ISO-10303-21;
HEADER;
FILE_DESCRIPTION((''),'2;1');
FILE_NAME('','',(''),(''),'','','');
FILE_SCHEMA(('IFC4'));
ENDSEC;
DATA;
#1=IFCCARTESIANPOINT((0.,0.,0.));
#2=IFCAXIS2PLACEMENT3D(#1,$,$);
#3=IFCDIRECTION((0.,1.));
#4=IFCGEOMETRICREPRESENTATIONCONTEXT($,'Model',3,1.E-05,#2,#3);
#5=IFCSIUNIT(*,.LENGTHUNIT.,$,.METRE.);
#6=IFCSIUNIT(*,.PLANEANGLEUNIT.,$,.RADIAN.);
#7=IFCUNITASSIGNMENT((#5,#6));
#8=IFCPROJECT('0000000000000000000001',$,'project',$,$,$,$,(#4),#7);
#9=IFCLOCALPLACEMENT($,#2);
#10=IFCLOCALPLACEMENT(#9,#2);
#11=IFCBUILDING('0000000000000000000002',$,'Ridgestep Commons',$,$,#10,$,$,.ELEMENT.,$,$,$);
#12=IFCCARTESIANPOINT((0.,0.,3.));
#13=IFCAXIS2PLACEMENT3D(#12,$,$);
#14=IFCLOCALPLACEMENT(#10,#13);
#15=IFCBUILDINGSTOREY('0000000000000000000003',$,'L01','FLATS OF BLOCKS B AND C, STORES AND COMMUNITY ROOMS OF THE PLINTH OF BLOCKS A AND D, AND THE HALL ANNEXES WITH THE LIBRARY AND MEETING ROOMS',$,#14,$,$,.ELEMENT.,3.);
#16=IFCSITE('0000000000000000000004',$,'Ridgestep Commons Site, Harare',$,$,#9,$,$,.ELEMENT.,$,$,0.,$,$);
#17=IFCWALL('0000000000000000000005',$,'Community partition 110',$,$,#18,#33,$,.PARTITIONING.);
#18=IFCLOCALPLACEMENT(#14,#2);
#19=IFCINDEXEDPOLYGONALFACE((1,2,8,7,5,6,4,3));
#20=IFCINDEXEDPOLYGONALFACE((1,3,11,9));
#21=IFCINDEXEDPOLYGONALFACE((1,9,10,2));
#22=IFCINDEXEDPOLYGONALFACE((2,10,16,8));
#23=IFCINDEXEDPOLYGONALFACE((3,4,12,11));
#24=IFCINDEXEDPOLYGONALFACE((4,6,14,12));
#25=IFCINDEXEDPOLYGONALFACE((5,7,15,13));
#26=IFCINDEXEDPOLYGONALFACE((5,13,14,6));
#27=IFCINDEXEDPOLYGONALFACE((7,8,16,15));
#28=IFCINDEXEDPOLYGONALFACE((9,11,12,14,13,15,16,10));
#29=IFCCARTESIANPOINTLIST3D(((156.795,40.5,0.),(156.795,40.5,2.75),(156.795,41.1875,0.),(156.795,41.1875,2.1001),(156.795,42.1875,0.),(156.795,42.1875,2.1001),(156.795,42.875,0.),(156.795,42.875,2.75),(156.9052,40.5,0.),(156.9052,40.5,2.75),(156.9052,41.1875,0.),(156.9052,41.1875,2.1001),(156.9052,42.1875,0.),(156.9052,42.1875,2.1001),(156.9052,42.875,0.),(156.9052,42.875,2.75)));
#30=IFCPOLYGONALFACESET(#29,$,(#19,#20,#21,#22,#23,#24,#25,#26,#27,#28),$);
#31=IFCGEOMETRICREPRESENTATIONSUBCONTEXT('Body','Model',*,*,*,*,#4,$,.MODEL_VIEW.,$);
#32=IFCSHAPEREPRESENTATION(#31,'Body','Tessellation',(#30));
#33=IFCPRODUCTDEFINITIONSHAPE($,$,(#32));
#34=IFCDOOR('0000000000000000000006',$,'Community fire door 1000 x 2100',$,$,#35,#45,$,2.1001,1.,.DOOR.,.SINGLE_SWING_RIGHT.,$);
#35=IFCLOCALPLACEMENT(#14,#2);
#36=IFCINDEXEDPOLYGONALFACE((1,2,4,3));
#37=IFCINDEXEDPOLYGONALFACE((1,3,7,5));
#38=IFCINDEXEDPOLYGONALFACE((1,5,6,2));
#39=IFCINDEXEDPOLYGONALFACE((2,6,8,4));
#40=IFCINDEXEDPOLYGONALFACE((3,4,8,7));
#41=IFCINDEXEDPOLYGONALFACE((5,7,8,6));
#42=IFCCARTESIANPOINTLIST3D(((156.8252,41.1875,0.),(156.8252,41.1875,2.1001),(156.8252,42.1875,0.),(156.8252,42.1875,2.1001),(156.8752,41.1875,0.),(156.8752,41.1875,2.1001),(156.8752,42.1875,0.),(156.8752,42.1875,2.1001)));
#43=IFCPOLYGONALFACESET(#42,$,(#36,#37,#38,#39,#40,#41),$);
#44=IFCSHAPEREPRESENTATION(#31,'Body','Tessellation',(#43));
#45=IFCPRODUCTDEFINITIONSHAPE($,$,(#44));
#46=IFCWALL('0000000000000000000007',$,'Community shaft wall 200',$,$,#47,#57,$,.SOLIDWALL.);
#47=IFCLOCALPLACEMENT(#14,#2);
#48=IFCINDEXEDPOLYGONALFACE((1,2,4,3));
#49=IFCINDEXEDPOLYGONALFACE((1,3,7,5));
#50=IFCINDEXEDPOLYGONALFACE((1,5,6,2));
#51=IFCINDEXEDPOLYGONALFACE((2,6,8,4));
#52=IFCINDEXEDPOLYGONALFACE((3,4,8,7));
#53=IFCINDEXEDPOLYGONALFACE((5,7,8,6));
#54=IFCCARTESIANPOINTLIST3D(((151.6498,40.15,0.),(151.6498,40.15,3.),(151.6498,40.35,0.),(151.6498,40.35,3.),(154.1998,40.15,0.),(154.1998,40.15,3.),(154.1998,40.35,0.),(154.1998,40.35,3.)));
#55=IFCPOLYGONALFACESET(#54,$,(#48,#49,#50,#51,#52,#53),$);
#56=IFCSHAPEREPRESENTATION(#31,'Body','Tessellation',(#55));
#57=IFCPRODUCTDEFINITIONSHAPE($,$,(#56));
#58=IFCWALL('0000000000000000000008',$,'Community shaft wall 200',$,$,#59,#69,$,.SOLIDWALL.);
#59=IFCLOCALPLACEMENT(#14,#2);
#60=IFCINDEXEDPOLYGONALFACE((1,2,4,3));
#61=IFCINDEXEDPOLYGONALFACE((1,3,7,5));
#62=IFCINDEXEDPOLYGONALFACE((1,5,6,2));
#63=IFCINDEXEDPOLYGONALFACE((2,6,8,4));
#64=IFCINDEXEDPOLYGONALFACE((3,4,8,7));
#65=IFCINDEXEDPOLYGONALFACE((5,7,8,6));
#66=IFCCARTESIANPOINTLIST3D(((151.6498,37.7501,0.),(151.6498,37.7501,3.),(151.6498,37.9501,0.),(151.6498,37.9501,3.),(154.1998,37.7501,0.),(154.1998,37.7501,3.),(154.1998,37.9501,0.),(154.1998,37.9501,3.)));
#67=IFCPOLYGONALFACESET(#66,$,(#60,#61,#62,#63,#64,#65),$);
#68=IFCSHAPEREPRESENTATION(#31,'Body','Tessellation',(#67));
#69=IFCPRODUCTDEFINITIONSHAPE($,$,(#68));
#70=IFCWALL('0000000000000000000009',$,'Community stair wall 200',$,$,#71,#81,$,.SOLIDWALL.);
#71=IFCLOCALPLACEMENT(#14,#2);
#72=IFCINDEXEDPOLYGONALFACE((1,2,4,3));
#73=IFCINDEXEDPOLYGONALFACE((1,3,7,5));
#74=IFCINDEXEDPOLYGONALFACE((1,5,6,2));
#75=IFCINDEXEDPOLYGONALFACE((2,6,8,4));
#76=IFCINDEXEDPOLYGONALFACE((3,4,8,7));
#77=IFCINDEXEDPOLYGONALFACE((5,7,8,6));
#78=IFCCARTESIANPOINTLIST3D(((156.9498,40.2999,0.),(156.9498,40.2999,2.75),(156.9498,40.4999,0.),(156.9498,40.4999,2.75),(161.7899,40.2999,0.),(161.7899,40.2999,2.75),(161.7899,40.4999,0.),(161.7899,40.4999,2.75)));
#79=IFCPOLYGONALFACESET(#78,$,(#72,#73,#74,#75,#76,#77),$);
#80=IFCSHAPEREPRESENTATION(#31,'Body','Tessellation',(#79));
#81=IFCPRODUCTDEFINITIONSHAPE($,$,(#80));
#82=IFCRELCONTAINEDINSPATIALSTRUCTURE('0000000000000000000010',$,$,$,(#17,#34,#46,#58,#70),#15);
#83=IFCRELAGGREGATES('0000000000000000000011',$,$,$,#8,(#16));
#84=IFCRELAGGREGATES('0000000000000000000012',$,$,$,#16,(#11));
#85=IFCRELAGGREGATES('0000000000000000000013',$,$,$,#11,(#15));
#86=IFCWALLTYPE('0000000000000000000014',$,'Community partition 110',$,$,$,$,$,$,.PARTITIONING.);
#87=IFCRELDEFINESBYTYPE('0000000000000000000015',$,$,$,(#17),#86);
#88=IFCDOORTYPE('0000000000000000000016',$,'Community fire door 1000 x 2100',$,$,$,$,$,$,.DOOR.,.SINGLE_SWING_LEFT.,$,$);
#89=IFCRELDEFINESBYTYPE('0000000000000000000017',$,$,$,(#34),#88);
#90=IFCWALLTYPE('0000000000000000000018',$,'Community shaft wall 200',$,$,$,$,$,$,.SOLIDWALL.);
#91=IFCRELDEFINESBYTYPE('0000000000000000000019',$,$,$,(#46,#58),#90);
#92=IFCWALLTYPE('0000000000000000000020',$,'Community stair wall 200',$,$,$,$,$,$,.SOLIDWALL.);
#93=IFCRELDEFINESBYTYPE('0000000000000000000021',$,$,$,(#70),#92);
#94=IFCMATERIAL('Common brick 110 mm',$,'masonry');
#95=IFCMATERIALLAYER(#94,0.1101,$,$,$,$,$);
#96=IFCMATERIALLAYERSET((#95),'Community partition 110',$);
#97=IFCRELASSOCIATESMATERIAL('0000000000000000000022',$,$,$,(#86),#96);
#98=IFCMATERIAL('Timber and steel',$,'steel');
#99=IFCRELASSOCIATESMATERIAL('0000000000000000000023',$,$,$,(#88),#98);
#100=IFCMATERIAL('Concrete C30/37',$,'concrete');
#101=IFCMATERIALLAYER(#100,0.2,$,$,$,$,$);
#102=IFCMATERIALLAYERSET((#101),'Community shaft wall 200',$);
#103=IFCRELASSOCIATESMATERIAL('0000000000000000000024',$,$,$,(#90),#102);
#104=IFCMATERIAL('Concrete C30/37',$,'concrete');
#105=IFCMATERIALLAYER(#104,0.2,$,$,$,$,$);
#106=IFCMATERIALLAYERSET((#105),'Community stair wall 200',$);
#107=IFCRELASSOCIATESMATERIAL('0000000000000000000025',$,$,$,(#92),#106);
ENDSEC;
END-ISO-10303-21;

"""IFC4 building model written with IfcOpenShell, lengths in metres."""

from ifc_helpers import new_model, si_unit, direction, frame, frame_2d, origin, place, context, subcontext, project, spatial, rectangle, extrude, material, layer, layer_set, type_object, element, fill, save


model = new_model("IFC4")

# Units and contexts
model_context = context("Model", 3, precision=1e-05, world=origin(), true_north=direction((0.0, 1.0)))
body_context = subcontext(model_context, "Body", "Model", "MODEL_VIEW")
ifc_project = project(units=[si_unit("LENGTHUNIT", "METRE"), si_unit("PLANEANGLEUNIT", "RADIAN")], contexts=[model_context])

# Site, building, storey
site_placement = place(None, origin())
site = spatial("IfcSite", under=ifc_project, at=site_placement, Name="Ridgestep Commons Site, Harare", CompositionType="ELEMENT", RefElevation=0.0)
building_placement = place(site_placement, origin())
building = spatial("IfcBuilding", under=site, at=building_placement, Name="Ridgestep Commons", CompositionType="ELEMENT")
storey_placement = place(building_placement, frame((0.0, 0.0, 3.0)))
storey = spatial("IfcBuildingStorey", under=building, at=storey_placement, Name="L01", Description="FLATS OF BLOCKS B AND C, STORES AND COMMUNITY ROOMS OF THE PLINTH OF BLOCKS A AND D, AND THE HALL ANNEXES WITH THE LIBRARY AND MEETING ROOMS", CompositionType="ELEMENT", Elevation=3.0)

# Wall, opening, door
ifc_material_1 = material(Name="Common brick 110 mm", Category="masonry")
ifc_layer_1 = layer(ifc_material_1, 0.1101)
ifc_layer_set_1 = layer_set([ifc_layer_1], Name="Community partition 110")
wall_type_1 = type_object("IfcWallType", Name="Community partition 110", PredefinedType="PARTITIONING", material=ifc_layer_set_1)
ifc_material_2 = material(Name="Timber and steel", Category="steel")
door_type = type_object("IfcDoorType", Name="Community fire door 1000 x 2100", OperationType="SINGLE_SWING_LEFT", PredefinedType="DOOR", material=ifc_material_2)
wall_1_placement = place(storey_placement, frame((156.8501, 40.5, 0.0), z_axis=(0.0, 0.0, 1.0), x_axis=(0.0, 1.0, 0.0)))
wall_1 = element("IfcWall", 1, at=wall_1_placement, inside=storey, type_object=wall_type_1, Name="Community partition 110", PredefinedType="PARTITIONING", context=body_context, shape_type="SweptSolid", body=[
    extrude(rectangle(XDim=2.375, YDim=0.1101, at=frame_2d((1.1875, 0.0))), origin(), (0.0, 0.0, 1.0), 2.75),
])
opening_1_placement = place(wall_1_placement, frame((0.6875, 0.0, 0.0)))
opening_1 = element("IfcOpeningElement", 2, at=opening_1_placement, cuts=wall_1, PredefinedType="OPENING", context=body_context, shape_type="SweptSolid", body=[
    extrude(rectangle(XDim=1.0, YDim=2.1001, at=frame_2d((0.5, 1.05))), frame((0.0, 0.0649, 0.0), z_axis=(0.0, -1.0, 0.0), x_axis=(1.0, 0.0, 0.0)), (0.0, 0.0, 1.0), 0.1301),
])
door_1_placement = place(opening_1_placement, origin())
door_1 = element("IfcDoor", 3, at=door_1_placement, inside=storey, type_object=door_type, Name="Community fire door 1000 x 2100", OperationType="SINGLE_SWING_RIGHT", OverallHeight=2.1001, OverallWidth=1.0, PredefinedType="DOOR", context=body_context, shape_type="SweptSolid", body=[
    extrude(rectangle(XDim=1.0, YDim=2.1001, at=frame_2d((0.5, 1.05))), frame((0.0, 0.0249, 0.0), z_axis=(0.0, -1.0, 0.0), x_axis=(1.0, 0.0, 0.0)), (0.0, 0.0, 1.0), 0.05),
])
fill(opening_1, door_1)

# Walls
ifc_material_3 = material(Name="Concrete C30/37", Category="concrete")
ifc_layer_2 = layer(ifc_material_3, 0.2)
ifc_layer_set_2 = layer_set([ifc_layer_2], Name="Community shaft wall 200")
wall_type_2 = type_object("IfcWallType", Name="Community shaft wall 200", PredefinedType="SOLIDWALL", material=ifc_layer_set_2)
for number, where, z_axis, x_axis, name in (
    (4, (151.6499, 40.25, 0.0), (0.0, 0.0, 1.0), (1.0, 0.0, 0.0), "Community shaft wall 200"),
    (5, (151.6499, 37.8501, 0.0), (0.0, 0.0, 1.0), (1.0, 0.0, 0.0), "Community shaft wall 200"),
):
    element("IfcWall", number, at=place(storey_placement, frame(where, z_axis=z_axis, x_axis=x_axis)), inside=storey, type_object=wall_type_2, Name=name, PredefinedType="SOLIDWALL", context=body_context, shape_type="SweptSolid", body=[
        extrude(rectangle(XDim=2.55, YDim=0.2, at=frame_2d((1.2749, 0.0))), origin(), (0.0, 0.0, 1.0), 3.0),
    ])
ifc_material_4 = material(Name="Concrete C30/37", Category="concrete")
ifc_layer_3 = layer(ifc_material_4, 0.2)
ifc_layer_set_3 = layer_set([ifc_layer_3], Name="Community stair wall 200")
wall_type_3 = type_object("IfcWallType", Name="Community stair wall 200", PredefinedType="SOLIDWALL", material=ifc_layer_set_3)
wall_2_placement = place(storey_placement, frame((156.95, 40.3999, 0.0), z_axis=(0.0, 0.0, 1.0), x_axis=(1.0, 0.0, 0.0)))
element("IfcWall", 6, at=wall_2_placement, inside=storey, type_object=wall_type_3, Name="Community stair wall 200", PredefinedType="SOLIDWALL", context=body_context, shape_type="SweptSolid", body=[
    extrude(rectangle(XDim=4.8401, YDim=0.2, at=frame_2d((2.4199, 0.0))), origin(), (0.0, 0.0, 1.0), 2.75),
])

save(model, "model.ifc")
